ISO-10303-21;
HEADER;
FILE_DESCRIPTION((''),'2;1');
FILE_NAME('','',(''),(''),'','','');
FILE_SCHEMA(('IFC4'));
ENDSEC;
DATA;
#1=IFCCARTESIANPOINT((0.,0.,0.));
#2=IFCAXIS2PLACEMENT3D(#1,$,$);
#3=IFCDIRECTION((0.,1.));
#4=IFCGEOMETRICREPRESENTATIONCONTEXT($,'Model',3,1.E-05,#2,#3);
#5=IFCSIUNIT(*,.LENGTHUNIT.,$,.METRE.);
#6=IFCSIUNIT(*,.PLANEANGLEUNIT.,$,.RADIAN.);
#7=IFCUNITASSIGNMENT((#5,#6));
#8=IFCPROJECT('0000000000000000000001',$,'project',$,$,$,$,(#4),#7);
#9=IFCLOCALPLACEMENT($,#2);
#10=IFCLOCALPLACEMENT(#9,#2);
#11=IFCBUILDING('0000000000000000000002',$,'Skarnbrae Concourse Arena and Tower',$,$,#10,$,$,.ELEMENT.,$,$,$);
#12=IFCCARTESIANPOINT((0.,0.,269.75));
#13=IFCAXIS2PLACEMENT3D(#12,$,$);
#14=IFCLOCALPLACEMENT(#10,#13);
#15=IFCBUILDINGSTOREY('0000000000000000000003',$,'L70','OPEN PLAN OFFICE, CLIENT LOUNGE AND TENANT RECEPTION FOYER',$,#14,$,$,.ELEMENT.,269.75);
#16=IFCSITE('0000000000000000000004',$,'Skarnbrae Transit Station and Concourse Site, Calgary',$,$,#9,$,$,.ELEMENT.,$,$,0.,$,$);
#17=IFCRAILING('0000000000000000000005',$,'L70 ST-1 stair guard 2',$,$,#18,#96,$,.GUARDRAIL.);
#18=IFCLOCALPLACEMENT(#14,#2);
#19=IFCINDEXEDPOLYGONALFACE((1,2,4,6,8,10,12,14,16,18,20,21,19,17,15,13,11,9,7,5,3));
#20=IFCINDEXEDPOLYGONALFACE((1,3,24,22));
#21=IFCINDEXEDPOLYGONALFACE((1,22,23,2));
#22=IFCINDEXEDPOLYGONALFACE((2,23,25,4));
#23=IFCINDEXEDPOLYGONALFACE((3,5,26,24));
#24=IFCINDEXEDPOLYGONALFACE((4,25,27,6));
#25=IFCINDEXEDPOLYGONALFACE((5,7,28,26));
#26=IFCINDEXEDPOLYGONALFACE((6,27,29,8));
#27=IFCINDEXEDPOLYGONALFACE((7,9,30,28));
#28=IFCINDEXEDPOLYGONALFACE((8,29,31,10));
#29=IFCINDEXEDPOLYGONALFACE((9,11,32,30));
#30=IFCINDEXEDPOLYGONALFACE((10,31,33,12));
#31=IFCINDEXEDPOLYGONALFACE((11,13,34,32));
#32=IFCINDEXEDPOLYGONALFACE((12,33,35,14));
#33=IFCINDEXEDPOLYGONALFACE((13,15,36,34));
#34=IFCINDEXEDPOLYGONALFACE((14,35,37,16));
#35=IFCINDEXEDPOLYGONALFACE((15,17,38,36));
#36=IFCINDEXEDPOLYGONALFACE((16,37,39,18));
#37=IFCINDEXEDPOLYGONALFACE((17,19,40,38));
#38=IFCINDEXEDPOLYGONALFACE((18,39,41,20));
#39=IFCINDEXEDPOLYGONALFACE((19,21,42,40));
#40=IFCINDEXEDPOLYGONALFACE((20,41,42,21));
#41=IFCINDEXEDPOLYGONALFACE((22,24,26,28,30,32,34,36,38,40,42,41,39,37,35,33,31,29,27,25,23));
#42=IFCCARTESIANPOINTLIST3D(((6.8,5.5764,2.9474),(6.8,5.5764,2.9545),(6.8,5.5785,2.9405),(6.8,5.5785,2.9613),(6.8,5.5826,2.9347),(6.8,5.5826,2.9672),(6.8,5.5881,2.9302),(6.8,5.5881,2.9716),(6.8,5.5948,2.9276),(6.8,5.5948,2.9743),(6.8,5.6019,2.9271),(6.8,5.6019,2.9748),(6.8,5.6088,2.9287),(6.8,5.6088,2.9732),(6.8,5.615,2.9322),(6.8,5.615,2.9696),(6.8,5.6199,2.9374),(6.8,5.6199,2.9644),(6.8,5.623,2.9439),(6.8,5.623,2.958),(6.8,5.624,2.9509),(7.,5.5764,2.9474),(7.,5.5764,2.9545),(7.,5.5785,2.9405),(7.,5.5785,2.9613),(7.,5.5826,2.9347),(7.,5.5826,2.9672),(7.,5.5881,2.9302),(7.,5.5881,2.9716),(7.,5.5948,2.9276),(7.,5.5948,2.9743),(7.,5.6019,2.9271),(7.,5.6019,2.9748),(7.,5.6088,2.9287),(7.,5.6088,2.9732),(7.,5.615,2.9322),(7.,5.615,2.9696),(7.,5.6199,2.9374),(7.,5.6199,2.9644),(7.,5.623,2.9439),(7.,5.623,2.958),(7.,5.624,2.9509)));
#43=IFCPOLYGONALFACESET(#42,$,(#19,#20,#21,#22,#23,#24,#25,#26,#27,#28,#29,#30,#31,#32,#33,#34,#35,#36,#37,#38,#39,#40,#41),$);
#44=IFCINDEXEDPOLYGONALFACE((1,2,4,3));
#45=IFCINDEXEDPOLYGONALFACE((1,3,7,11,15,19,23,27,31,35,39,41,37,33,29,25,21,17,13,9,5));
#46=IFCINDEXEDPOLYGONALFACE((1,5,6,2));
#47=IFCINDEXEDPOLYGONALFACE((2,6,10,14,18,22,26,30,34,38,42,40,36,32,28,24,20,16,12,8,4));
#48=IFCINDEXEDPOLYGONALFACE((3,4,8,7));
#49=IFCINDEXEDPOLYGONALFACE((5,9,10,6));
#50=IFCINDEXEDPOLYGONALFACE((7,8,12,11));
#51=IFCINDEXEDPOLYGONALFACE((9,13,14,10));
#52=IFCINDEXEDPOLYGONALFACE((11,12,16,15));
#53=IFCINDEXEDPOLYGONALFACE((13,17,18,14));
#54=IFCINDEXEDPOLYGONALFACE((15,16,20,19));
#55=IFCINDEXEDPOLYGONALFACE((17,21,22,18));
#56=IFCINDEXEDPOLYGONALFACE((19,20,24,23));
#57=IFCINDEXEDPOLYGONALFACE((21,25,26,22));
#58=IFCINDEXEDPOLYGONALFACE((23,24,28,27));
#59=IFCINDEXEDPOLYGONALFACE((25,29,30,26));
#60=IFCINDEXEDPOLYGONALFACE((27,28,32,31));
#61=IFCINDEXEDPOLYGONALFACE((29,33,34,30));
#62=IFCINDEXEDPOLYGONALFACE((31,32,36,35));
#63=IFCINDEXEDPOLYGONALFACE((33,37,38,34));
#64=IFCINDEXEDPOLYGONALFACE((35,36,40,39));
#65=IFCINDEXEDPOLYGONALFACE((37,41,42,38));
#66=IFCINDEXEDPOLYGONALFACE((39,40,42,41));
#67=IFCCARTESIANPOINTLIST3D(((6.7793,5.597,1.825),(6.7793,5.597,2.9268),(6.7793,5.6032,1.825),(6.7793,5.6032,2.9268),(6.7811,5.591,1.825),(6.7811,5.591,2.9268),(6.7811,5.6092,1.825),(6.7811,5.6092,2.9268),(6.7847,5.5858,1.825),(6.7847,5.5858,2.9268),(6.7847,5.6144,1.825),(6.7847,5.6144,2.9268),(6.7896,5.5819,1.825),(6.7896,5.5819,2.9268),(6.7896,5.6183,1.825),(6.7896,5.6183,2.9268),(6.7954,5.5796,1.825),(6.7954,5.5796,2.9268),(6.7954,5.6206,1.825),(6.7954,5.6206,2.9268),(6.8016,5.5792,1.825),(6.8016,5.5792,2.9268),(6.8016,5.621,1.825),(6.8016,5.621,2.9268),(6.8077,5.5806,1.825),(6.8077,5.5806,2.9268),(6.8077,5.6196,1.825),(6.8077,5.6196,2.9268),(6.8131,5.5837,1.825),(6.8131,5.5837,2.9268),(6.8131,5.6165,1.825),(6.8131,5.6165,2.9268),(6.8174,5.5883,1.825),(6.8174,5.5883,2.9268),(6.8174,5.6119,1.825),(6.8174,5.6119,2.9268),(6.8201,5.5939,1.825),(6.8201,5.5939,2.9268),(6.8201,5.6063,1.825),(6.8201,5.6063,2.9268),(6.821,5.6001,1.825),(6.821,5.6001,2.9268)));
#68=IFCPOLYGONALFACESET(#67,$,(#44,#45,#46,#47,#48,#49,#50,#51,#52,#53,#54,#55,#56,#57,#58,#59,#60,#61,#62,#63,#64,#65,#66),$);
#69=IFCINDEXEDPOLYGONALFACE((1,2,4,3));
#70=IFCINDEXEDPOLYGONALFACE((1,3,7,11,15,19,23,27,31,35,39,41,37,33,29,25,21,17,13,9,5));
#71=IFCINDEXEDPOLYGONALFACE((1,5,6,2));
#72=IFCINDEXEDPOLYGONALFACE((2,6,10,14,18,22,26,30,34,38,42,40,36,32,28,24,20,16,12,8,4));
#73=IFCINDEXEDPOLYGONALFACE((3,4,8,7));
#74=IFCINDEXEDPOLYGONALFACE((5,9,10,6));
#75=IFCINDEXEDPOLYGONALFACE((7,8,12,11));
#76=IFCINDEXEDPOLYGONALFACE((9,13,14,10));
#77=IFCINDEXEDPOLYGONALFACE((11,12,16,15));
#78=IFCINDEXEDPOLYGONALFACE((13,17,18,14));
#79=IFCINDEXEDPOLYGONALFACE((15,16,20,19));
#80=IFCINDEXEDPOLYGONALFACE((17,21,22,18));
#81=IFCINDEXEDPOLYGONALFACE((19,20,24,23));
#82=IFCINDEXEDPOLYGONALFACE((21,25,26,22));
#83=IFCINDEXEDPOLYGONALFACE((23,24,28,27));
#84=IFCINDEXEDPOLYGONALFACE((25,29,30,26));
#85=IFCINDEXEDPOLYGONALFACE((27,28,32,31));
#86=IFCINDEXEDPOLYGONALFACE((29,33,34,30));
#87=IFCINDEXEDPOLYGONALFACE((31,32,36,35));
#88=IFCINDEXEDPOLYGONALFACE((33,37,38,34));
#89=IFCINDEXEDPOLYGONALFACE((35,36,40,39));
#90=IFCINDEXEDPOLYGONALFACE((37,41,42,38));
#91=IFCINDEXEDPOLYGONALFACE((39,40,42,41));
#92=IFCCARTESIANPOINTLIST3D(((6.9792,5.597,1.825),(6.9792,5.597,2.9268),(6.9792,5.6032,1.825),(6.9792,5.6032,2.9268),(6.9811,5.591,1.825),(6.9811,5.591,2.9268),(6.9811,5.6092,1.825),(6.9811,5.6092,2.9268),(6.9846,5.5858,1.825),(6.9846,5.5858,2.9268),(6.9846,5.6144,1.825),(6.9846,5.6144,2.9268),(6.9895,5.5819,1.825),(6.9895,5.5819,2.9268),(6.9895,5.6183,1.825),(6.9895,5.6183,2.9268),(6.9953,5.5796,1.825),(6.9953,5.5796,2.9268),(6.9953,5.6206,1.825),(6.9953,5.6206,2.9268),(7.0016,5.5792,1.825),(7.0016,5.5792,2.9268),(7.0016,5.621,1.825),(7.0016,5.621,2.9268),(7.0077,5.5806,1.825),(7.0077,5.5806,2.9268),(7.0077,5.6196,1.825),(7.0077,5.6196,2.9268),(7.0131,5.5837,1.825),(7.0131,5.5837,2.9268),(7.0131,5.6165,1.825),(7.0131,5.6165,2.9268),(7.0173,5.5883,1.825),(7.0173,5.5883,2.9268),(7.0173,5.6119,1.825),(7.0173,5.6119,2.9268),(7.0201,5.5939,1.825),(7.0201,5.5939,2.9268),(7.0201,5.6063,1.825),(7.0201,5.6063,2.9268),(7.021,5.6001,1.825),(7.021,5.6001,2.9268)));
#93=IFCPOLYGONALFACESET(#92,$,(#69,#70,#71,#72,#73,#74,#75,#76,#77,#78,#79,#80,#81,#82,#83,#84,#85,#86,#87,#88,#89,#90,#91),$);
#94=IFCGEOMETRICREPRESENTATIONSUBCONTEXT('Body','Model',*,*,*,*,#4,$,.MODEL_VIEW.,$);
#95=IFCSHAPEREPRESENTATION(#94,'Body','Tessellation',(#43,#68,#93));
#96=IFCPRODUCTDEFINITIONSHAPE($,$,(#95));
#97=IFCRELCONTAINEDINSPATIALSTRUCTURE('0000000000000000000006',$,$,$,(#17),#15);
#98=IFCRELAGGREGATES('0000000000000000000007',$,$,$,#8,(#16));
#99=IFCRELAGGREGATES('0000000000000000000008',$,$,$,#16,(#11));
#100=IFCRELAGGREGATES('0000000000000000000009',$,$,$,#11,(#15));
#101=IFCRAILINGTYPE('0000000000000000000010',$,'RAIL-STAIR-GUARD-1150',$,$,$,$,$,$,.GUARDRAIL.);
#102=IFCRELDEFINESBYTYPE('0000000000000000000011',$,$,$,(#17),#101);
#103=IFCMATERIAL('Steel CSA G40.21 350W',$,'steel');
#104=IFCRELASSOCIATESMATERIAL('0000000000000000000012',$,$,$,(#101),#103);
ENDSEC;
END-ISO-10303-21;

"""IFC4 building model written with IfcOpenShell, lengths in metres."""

from ifc_helpers import new_model, si_unit, direction, frame, origin, origin_2d, place, context, subcontext, project, spatial, circle, extrude, material, type_object, element, save


model = new_model("IFC4")

# Units and contexts
model_context = context("Model", 3, precision=1e-05, world=origin(), true_north=direction((0.0, 1.0)))
body_context = subcontext(model_context, "Body", "Model", "MODEL_VIEW")
ifc_project = project(units=[si_unit("LENGTHUNIT", "METRE"), si_unit("PLANEANGLEUNIT", "RADIAN")], contexts=[model_context])

# Site, building, storey
site_placement = place(None, origin())
site = spatial("IfcSite", under=ifc_project, at=site_placement, Name="Skarnbrae Transit Station and Concourse Site, Calgary", CompositionType="ELEMENT", RefElevation=0.0)
building_placement = place(site_placement, origin())
building = spatial("IfcBuilding", under=site, at=building_placement, Name="Skarnbrae Concourse Arena and Tower", CompositionType="ELEMENT")
storey_placement = place(building_placement, frame((0.0, 0.0, 269.75)))
storey = spatial("IfcBuildingStorey", under=building, at=storey_placement, Name="L70", Description="OPEN PLAN OFFICE, CLIENT LOUNGE AND TENANT RECEPTION FOYER", CompositionType="ELEMENT", Elevation=269.75)

# Shared definitions
ifc_material_1 = material(Name="Steel CSA G40.21 350W", Category="steel")

# Railing
railing_type_1 = type_object("IfcRailingType", Name="RAIL-STAIR-GUARD-1150", PredefinedType="GUARDRAIL", material=ifc_material_1)
railing_1_placement = place(storey_placement, frame((6.8, 5.6001, 1.825)))
element("IfcRailing", 1, at=railing_1_placement, inside=storey, type_object=railing_type_1, Name="L70 ST-1 stair guard 2", PredefinedType="GUARDRAIL", context=body_context, shape_type="SweptSolid", body=[
    extrude(circle(Radius=0.0239, at=origin_2d()), frame((0.0, 0.0, 1.126), z_axis=(1.0, 0.0, 0.0), x_axis=(0.0, 1.0, 0.0)), (0.0, 0.0, 1.0), 0.2),
    extrude(circle(Radius=0.021, at=origin_2d()), origin(), (0.0, 0.0, 1.0), 1.1018),
    extrude(circle(Radius=0.021, at=origin_2d()), frame((0.2, 0.0, 0.0)), (0.0, 0.0, 1.0), 1.1018),
])

save(model, "model.ifc")
